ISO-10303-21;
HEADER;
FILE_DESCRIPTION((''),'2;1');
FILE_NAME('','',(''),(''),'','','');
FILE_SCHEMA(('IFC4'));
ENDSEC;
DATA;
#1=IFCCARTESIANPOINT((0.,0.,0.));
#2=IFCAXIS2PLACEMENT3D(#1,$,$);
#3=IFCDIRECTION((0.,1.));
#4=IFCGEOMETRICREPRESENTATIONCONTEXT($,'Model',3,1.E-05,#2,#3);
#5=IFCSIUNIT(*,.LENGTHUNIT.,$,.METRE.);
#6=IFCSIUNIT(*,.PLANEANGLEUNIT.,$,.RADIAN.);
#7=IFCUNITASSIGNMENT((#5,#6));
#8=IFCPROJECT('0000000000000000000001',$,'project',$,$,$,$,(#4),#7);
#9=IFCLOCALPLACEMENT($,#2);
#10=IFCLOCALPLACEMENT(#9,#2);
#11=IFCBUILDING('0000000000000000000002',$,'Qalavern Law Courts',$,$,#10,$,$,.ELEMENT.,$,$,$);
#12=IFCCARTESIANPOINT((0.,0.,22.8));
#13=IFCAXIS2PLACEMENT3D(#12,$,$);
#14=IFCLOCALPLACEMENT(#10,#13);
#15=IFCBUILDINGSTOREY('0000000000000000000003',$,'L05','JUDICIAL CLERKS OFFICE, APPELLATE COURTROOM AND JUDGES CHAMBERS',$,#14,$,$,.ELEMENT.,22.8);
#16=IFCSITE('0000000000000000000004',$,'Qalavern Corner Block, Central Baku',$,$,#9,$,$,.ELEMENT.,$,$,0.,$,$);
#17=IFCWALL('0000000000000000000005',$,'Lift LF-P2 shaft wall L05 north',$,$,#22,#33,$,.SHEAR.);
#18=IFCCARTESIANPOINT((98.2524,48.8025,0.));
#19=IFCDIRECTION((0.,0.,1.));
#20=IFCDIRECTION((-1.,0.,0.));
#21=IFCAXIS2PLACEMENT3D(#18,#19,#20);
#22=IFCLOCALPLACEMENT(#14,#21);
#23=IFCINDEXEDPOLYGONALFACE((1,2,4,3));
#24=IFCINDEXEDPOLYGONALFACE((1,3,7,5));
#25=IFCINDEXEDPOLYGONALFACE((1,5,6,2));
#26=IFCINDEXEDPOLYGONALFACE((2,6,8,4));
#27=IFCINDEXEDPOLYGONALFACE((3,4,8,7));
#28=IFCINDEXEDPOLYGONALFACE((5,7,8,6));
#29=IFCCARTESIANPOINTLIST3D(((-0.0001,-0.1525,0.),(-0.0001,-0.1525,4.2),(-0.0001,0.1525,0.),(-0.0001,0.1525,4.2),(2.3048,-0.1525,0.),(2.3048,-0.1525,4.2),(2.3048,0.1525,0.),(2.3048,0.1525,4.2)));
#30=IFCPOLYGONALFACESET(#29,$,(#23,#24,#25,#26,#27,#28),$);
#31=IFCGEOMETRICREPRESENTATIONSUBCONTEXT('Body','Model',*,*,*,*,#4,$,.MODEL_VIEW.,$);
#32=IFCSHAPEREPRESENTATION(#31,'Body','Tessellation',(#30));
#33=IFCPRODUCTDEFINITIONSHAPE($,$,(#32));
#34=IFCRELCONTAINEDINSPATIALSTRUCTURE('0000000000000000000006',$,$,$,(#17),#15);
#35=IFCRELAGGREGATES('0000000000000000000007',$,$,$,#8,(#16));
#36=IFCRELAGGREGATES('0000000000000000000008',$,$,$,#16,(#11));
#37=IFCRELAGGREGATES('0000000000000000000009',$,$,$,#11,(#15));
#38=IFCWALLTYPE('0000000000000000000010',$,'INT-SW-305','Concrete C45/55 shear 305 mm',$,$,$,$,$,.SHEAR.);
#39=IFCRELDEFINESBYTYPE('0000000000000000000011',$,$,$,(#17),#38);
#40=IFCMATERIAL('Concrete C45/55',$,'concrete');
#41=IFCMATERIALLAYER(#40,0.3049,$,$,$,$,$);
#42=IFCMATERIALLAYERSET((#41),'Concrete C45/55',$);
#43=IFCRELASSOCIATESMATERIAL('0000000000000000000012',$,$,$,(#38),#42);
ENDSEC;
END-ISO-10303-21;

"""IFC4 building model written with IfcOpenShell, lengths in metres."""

from ifc_helpers import new_model, si_unit, direction, frame, frame_2d, origin, place, context, subcontext, project, spatial, rectangle, extrude, material, layer, layer_set, type_object, element, save


model = new_model("IFC4")

# Units and contexts
model_context = context("Model", 3, precision=1e-05, world=origin(), true_north=direction((0.0, 1.0)))
body_context = subcontext(model_context, "Body", "Model", "MODEL_VIEW")
ifc_project = project(units=[si_unit("LENGTHUNIT", "METRE"), si_unit("PLANEANGLEUNIT", "RADIAN")], contexts=[model_context])

# Site, building, storey
site_placement = place(None, origin())
site = spatial("IfcSite", under=ifc_project, at=site_placement, Name="Qalavern Corner Block, Central Baku", CompositionType="ELEMENT", RefElevation=0.0)
building_placement = place(site_placement, origin())
building = spatial("IfcBuilding", under=site, at=building_placement, Name="Qalavern Law Courts", CompositionType="ELEMENT")
storey_placement = place(building_placement, frame((0.0, 0.0, 22.8)))
storey = spatial("IfcBuildingStorey", under=building, at=storey_placement, Name="L05", Description="JUDICIAL CLERKS OFFICE, APPELLATE COURTROOM AND JUDGES CHAMBERS", CompositionType="ELEMENT", Elevation=22.8)

# Shared definitions
ifc_material_1 = material(Name="Concrete C45/55", Category="concrete")

# Wall
ifc_layer_1 = layer(ifc_material_1, 0.3049)
ifc_layer_set_1 = layer_set([ifc_layer_1], Name="Concrete C45/55")
wall_type_1 = type_object("IfcWallType", Name="INT-SW-305", Description="Concrete C45/55 shear 305 mm", PredefinedType="SHEAR", material=ifc_layer_set_1)
wall_1_placement = place(storey_placement, frame((98.2524, 48.8025, 0.0), z_axis=(0.0, 0.0, 1.0), x_axis=(-1.0, 0.0, 0.0)))
element("IfcWall", 1, at=wall_1_placement, inside=storey, type_object=wall_type_1, Name="Lift LF-P2 shaft wall L05 north", PredefinedType="SHEAR", context=body_context, shape_type="SweptSolid", body=[
    extrude(rectangle(XDim=2.3049, YDim=0.3049, at=frame_2d((1.1523, 0.0))), origin(), (0.0, 0.0, 1.0), 4.2),
])

save(model, "model.ifc")
